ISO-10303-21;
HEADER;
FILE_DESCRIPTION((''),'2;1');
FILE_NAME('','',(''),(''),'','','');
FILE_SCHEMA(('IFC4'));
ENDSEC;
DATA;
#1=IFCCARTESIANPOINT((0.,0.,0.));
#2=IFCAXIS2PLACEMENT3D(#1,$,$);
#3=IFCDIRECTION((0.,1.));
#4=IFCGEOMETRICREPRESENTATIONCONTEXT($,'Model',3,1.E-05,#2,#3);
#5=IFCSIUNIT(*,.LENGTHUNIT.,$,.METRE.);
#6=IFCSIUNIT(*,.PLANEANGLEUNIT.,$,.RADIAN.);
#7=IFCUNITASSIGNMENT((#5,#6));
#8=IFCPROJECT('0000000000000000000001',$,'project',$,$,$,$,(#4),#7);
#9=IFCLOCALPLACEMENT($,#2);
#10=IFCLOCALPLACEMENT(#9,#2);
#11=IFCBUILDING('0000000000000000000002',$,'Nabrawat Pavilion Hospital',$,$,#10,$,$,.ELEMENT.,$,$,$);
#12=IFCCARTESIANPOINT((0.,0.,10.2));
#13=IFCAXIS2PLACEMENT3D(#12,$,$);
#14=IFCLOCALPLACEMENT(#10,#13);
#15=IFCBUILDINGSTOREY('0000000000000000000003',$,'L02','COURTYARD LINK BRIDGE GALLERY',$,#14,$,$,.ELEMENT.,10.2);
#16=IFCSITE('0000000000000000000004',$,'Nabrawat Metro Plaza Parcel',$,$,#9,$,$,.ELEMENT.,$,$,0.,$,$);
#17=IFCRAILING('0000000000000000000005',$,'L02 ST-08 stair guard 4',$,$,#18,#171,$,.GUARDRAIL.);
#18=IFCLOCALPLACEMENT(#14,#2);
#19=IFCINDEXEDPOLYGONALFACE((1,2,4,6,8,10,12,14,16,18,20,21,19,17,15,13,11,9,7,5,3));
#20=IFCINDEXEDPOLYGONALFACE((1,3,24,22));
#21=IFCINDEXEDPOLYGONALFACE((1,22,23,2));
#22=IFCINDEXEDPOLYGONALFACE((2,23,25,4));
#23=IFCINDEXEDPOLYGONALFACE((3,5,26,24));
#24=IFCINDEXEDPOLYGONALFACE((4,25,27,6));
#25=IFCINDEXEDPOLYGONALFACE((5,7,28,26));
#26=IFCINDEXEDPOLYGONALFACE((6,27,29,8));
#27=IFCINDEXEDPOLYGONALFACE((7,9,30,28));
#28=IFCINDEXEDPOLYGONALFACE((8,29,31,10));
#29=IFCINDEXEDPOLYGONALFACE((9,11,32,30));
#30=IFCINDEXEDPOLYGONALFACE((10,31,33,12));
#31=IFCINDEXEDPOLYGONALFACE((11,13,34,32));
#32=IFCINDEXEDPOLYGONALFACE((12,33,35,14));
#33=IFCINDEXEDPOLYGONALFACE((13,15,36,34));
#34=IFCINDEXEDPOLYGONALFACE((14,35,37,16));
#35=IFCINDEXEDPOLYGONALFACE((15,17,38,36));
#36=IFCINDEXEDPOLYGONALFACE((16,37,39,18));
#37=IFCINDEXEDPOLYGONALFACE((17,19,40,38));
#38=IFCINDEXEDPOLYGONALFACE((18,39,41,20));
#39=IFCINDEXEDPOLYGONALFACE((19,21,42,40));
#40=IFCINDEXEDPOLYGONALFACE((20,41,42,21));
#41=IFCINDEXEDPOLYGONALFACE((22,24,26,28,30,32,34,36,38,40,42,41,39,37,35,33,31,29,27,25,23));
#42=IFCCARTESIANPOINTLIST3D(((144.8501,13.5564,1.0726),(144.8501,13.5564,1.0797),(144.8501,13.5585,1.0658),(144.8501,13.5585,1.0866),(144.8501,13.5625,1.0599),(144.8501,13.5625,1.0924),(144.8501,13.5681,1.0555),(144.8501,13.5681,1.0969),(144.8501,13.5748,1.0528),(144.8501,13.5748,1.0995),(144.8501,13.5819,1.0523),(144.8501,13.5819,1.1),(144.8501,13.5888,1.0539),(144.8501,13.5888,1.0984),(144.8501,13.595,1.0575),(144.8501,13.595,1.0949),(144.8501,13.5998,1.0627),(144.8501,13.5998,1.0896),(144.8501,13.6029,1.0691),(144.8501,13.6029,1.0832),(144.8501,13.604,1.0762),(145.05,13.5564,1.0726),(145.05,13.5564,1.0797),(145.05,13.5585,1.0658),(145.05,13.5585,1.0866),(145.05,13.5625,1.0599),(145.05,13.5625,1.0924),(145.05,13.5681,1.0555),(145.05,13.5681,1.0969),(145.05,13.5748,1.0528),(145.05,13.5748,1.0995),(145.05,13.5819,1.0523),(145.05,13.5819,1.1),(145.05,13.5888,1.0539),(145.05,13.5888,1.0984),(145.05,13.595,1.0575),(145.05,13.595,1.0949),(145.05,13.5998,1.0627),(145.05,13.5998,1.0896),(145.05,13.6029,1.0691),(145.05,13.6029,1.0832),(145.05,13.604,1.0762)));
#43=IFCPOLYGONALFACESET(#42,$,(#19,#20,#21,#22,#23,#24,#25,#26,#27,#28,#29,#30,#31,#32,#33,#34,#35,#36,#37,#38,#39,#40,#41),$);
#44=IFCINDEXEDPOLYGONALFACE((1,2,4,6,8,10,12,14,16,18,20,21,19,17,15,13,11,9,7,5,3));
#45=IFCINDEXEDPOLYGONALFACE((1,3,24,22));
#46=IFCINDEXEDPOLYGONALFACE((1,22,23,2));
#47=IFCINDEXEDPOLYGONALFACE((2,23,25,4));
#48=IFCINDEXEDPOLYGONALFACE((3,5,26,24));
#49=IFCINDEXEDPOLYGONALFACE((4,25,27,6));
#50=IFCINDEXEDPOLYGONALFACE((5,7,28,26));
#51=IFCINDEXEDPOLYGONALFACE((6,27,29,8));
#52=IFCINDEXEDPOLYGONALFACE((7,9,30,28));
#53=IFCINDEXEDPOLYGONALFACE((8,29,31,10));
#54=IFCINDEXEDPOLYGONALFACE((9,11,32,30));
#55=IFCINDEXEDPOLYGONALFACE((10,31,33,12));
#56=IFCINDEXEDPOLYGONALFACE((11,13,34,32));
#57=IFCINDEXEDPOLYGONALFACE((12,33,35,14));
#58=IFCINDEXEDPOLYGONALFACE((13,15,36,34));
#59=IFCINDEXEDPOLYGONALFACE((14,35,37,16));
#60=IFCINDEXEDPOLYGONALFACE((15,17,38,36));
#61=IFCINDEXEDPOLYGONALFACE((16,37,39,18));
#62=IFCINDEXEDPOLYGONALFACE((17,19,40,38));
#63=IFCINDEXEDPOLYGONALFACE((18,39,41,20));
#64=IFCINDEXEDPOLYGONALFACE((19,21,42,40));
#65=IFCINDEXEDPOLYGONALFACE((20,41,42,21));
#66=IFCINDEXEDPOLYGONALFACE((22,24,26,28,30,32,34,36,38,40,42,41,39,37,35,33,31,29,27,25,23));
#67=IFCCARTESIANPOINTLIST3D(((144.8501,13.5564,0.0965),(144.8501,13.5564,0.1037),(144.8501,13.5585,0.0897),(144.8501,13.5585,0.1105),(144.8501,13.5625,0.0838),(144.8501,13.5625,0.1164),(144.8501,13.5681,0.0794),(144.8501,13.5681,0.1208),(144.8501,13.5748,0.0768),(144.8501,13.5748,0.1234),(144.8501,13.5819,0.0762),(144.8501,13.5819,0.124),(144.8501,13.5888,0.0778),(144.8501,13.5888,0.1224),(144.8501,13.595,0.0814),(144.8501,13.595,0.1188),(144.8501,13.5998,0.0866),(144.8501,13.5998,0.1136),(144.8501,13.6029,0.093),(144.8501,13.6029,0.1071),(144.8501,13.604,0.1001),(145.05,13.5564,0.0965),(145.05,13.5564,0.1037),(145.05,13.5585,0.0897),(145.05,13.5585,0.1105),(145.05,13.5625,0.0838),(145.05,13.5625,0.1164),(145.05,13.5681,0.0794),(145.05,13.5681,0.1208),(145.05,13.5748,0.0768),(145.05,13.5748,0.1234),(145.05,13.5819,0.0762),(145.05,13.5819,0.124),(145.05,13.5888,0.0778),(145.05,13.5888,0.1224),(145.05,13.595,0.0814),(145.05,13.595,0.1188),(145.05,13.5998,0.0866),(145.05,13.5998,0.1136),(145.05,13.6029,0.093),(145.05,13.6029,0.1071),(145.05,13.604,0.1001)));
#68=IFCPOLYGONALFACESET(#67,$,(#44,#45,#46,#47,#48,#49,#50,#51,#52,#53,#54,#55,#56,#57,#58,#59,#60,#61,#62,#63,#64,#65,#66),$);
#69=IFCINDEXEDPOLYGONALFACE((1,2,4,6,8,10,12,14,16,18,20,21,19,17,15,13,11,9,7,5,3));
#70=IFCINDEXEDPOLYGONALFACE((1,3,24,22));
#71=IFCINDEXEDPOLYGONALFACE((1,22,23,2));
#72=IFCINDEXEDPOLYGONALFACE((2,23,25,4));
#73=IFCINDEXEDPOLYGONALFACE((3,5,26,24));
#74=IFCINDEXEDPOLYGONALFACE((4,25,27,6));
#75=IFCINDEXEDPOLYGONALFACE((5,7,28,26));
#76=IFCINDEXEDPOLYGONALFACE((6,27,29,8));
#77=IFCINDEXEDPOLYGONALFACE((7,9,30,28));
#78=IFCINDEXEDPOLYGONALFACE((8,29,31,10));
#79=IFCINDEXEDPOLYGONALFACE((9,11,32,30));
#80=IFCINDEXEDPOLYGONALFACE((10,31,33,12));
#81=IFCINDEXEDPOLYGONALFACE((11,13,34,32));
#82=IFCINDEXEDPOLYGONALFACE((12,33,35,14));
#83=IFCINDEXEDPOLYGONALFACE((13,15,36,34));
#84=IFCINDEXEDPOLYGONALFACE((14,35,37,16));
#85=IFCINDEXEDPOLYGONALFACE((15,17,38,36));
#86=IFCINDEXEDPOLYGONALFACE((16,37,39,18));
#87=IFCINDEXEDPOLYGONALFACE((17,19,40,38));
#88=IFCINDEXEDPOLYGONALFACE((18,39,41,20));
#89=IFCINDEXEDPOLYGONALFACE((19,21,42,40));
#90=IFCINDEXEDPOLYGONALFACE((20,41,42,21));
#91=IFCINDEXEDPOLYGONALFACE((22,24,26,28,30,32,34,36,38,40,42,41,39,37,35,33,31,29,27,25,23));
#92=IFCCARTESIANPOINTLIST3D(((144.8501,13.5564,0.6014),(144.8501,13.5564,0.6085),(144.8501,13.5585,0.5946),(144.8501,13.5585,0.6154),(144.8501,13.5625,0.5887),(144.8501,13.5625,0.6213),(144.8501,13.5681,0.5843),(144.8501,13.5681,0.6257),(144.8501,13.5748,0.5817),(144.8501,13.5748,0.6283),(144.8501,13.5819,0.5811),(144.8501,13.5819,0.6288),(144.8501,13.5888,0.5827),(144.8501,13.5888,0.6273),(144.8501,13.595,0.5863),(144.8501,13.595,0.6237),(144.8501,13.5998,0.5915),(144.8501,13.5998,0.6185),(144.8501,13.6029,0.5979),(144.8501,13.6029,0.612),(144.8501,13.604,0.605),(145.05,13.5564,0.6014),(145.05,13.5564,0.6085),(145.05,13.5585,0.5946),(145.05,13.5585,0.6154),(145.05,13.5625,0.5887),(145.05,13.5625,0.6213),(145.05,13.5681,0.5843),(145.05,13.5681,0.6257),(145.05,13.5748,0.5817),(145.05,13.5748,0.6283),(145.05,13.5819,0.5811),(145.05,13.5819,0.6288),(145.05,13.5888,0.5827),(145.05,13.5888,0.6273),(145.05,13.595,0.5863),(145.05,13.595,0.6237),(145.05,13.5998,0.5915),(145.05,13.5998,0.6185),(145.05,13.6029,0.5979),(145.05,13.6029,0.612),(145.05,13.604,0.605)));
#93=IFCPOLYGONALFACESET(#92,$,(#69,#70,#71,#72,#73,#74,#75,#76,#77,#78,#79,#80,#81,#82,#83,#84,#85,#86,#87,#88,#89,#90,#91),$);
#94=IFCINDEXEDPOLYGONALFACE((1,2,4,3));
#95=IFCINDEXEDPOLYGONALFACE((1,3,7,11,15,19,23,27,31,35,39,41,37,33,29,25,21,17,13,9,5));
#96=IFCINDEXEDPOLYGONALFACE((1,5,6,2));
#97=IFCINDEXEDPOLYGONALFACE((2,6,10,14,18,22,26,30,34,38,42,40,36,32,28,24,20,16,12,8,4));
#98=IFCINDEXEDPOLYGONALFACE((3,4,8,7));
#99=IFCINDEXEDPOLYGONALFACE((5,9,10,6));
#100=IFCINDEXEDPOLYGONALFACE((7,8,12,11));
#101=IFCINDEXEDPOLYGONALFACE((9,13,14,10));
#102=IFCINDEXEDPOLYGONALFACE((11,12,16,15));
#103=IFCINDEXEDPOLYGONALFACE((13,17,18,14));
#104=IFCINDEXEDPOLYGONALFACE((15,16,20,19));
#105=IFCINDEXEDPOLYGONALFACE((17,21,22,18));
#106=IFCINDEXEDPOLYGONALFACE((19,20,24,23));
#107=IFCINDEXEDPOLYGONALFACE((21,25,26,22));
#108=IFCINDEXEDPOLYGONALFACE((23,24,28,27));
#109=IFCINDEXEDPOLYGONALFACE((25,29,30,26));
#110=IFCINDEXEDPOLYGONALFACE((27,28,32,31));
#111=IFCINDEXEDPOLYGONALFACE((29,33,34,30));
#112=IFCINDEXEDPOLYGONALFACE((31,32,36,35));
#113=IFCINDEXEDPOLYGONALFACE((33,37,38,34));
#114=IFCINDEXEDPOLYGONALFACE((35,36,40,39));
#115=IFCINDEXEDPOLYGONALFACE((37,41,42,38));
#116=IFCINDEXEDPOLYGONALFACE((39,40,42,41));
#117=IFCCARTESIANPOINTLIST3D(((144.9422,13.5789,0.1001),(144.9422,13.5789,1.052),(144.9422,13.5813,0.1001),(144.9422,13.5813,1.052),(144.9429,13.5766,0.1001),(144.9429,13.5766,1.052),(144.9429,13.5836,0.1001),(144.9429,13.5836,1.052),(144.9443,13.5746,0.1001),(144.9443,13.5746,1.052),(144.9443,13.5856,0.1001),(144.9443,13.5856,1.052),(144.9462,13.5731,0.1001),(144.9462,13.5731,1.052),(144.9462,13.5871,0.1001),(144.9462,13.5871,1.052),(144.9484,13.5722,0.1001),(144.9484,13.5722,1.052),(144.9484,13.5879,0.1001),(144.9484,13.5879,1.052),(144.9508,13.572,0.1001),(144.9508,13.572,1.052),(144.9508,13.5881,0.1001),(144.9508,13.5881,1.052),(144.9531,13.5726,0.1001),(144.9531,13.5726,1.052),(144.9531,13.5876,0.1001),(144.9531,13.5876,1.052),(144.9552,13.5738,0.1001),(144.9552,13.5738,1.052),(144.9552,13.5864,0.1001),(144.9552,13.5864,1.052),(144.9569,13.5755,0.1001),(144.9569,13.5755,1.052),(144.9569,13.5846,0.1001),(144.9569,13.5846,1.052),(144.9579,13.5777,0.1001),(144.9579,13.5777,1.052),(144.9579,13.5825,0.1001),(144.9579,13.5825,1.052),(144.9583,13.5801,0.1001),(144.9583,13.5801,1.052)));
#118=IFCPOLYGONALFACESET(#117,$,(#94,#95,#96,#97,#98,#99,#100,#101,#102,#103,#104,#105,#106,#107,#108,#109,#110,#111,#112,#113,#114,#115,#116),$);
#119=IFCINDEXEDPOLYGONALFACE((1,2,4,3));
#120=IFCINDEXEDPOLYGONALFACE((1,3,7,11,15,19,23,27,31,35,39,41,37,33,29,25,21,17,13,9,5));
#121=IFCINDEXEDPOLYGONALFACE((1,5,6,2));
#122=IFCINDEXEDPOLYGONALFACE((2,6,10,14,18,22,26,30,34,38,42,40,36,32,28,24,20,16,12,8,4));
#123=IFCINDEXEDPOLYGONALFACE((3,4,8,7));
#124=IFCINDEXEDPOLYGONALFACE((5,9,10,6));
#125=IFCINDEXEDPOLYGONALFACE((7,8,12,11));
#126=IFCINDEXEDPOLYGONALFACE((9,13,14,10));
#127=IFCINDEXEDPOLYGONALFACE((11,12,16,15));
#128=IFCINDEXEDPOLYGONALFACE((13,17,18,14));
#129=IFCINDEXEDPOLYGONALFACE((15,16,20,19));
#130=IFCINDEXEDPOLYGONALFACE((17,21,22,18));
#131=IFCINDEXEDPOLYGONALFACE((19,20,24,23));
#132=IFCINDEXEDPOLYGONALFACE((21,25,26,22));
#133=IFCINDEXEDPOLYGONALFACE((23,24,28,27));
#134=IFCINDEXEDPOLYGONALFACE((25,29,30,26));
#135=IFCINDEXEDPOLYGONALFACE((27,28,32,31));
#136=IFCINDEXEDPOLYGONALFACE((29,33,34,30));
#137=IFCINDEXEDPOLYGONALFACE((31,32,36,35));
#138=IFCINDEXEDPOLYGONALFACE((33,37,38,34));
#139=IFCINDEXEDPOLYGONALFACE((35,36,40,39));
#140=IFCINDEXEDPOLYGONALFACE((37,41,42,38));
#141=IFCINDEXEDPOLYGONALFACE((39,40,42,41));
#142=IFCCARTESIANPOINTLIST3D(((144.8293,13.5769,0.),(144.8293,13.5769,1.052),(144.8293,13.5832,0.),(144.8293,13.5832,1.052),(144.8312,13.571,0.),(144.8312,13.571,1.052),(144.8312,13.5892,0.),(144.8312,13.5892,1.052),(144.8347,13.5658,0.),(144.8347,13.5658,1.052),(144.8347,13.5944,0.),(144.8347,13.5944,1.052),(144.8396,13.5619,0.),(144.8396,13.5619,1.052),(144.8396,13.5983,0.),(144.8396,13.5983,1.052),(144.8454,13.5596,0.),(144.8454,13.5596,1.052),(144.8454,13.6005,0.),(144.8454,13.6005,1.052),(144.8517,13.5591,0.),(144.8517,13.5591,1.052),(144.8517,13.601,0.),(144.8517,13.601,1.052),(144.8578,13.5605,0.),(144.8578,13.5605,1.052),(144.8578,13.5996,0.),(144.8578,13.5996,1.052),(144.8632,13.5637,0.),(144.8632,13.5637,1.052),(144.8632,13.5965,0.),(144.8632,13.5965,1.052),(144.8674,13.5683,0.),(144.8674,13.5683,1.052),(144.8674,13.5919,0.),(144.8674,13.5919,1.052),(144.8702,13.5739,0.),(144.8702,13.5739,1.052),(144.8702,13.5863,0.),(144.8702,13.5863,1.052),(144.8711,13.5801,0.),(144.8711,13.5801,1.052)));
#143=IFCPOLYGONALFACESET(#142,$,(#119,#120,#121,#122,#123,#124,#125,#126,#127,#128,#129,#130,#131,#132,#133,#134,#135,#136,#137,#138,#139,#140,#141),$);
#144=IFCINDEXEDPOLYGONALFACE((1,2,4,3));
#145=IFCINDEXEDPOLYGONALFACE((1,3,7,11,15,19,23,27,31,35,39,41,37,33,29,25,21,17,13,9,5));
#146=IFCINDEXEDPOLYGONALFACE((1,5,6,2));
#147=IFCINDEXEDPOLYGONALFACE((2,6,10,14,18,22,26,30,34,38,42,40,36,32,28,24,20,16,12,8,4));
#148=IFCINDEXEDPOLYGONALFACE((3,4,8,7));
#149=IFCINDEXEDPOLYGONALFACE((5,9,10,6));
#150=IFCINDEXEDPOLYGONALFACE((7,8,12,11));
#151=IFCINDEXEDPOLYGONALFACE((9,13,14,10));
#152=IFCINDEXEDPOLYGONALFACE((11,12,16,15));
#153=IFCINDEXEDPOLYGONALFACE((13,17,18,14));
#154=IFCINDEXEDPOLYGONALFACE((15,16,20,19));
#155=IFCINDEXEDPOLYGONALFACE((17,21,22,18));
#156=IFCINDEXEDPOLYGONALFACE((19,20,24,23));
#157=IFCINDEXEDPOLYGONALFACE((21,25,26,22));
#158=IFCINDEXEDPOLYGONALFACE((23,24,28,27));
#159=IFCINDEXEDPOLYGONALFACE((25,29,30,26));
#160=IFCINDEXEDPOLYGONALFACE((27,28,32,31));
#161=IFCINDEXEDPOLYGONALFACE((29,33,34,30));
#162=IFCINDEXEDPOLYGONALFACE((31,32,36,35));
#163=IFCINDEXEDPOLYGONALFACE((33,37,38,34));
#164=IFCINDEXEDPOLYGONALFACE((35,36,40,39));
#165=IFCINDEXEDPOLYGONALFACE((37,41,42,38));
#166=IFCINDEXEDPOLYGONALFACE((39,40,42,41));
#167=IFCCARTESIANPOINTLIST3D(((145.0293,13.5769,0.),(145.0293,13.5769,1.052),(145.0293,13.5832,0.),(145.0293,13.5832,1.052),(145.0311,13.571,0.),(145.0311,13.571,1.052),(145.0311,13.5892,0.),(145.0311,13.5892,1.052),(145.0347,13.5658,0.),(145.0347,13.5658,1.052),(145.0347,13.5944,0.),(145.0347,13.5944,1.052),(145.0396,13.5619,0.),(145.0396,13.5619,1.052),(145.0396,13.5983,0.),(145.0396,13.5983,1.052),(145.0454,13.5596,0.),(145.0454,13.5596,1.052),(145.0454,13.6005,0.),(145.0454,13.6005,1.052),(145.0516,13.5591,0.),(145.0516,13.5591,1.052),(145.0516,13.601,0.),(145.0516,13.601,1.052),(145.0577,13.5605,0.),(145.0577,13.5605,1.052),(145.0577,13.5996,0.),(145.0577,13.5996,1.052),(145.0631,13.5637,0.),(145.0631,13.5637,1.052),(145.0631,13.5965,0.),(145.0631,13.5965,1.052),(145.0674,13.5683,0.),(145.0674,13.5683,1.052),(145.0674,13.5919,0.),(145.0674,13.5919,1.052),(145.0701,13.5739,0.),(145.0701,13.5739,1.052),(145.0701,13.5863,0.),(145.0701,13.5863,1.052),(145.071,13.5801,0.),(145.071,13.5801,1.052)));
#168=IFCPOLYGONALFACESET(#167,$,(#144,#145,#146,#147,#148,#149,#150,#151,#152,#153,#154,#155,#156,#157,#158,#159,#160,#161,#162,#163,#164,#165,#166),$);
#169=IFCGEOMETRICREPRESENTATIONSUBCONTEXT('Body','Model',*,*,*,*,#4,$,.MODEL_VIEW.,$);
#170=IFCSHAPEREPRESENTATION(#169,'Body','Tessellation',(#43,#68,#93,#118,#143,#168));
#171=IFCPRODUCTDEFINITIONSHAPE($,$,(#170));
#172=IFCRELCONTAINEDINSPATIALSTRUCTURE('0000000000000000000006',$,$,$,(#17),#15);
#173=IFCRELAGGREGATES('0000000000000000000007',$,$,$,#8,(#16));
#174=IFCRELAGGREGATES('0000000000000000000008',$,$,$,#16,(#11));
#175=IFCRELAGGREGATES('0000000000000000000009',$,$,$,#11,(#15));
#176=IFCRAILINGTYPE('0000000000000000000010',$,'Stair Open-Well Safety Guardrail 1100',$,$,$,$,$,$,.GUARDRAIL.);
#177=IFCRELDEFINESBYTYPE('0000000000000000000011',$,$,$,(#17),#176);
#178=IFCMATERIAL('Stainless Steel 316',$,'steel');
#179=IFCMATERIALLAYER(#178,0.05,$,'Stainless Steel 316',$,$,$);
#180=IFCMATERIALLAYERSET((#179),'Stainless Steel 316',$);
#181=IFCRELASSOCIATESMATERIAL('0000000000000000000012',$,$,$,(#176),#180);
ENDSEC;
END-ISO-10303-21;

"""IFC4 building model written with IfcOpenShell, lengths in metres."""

from ifc_helpers import new_model, si_unit, direction, frame, origin, origin_2d, place, context, subcontext, project, spatial, circle, extrude, material, layer, layer_set, type_object, element, save


model = new_model("IFC4")

# Units and contexts
model_context = context("Model", 3, precision=1e-05, world=origin(), true_north=direction((0.0, 1.0)))
body_context = subcontext(model_context, "Body", "Model", "MODEL_VIEW")
ifc_project = project(units=[si_unit("LENGTHUNIT", "METRE"), si_unit("PLANEANGLEUNIT", "RADIAN")], contexts=[model_context])

# Site, building, storey
site_placement = place(None, origin())
site = spatial("IfcSite", under=ifc_project, at=site_placement, Name="Nabrawat Metro Plaza Parcel", CompositionType="ELEMENT", RefElevation=0.0)
building_placement = place(site_placement, origin())
building = spatial("IfcBuilding", under=site, at=building_placement, Name="Nabrawat Pavilion Hospital", CompositionType="ELEMENT")
storey_placement = place(building_placement, frame((0.0, 0.0, 10.2)))
storey = spatial("IfcBuildingStorey", under=building, at=storey_placement, Name="L02", Description="COURTYARD LINK BRIDGE GALLERY", CompositionType="ELEMENT", Elevation=10.2)

# Railing
ifc_material_1 = material(Name="Stainless Steel 316", Category="steel")
ifc_layer_1 = layer(ifc_material_1, 0.05, Name="Stainless Steel 316")
ifc_layer_set_1 = layer_set([ifc_layer_1], Name="Stainless Steel 316")
railing_type_1 = type_object("IfcRailingType", Name="Stair Open-Well Safety Guardrail 1100", PredefinedType="GUARDRAIL", material=ifc_layer_set_1)
railing_1_placement = place(storey_placement, frame((144.8501, 13.5801, 0.0)))
element("IfcRailing", 1, at=railing_1_placement, inside=storey, type_object=railing_type_1, Name="L02 ST-08 stair guard 4", PredefinedType="GUARDRAIL", context=body_context, shape_type="SweptSolid", body=[
    extrude(circle(Radius=0.0239, at=origin_2d()), frame((0.0, 0.0, 1.0762), z_axis=(1.0, 0.0, 0.0), x_axis=(0.0, 1.0, 0.0)), (0.0, 0.0, 1.0), 0.2),
    extrude(circle(Radius=0.0239, at=origin_2d()), frame((0.0, 0.0, 0.1001), z_axis=(1.0, 0.0, 0.0), x_axis=(0.0, 1.0, 0.0)), (0.0, 0.0, 1.0), 0.2),
    extrude(circle(Radius=0.0239, at=origin_2d()), frame((0.0, 0.0, 0.605), z_axis=(1.0, 0.0, 0.0), x_axis=(0.0, 1.0, 0.0)), (0.0, 0.0, 1.0), 0.2),
    extrude(circle(Radius=0.0081, at=origin_2d()), frame((0.1001, 0.0, 0.1001)), (0.0, 0.0, 1.0), 0.9519),
    extrude(circle(Radius=0.021, at=origin_2d()), origin(), (0.0, 0.0, 1.0), 1.052),
    extrude(circle(Radius=0.021, at=origin_2d()), frame((0.2, 0.0, 0.0)), (0.0, 0.0, 1.0), 1.052),
])

save(model, "model.ifc")
